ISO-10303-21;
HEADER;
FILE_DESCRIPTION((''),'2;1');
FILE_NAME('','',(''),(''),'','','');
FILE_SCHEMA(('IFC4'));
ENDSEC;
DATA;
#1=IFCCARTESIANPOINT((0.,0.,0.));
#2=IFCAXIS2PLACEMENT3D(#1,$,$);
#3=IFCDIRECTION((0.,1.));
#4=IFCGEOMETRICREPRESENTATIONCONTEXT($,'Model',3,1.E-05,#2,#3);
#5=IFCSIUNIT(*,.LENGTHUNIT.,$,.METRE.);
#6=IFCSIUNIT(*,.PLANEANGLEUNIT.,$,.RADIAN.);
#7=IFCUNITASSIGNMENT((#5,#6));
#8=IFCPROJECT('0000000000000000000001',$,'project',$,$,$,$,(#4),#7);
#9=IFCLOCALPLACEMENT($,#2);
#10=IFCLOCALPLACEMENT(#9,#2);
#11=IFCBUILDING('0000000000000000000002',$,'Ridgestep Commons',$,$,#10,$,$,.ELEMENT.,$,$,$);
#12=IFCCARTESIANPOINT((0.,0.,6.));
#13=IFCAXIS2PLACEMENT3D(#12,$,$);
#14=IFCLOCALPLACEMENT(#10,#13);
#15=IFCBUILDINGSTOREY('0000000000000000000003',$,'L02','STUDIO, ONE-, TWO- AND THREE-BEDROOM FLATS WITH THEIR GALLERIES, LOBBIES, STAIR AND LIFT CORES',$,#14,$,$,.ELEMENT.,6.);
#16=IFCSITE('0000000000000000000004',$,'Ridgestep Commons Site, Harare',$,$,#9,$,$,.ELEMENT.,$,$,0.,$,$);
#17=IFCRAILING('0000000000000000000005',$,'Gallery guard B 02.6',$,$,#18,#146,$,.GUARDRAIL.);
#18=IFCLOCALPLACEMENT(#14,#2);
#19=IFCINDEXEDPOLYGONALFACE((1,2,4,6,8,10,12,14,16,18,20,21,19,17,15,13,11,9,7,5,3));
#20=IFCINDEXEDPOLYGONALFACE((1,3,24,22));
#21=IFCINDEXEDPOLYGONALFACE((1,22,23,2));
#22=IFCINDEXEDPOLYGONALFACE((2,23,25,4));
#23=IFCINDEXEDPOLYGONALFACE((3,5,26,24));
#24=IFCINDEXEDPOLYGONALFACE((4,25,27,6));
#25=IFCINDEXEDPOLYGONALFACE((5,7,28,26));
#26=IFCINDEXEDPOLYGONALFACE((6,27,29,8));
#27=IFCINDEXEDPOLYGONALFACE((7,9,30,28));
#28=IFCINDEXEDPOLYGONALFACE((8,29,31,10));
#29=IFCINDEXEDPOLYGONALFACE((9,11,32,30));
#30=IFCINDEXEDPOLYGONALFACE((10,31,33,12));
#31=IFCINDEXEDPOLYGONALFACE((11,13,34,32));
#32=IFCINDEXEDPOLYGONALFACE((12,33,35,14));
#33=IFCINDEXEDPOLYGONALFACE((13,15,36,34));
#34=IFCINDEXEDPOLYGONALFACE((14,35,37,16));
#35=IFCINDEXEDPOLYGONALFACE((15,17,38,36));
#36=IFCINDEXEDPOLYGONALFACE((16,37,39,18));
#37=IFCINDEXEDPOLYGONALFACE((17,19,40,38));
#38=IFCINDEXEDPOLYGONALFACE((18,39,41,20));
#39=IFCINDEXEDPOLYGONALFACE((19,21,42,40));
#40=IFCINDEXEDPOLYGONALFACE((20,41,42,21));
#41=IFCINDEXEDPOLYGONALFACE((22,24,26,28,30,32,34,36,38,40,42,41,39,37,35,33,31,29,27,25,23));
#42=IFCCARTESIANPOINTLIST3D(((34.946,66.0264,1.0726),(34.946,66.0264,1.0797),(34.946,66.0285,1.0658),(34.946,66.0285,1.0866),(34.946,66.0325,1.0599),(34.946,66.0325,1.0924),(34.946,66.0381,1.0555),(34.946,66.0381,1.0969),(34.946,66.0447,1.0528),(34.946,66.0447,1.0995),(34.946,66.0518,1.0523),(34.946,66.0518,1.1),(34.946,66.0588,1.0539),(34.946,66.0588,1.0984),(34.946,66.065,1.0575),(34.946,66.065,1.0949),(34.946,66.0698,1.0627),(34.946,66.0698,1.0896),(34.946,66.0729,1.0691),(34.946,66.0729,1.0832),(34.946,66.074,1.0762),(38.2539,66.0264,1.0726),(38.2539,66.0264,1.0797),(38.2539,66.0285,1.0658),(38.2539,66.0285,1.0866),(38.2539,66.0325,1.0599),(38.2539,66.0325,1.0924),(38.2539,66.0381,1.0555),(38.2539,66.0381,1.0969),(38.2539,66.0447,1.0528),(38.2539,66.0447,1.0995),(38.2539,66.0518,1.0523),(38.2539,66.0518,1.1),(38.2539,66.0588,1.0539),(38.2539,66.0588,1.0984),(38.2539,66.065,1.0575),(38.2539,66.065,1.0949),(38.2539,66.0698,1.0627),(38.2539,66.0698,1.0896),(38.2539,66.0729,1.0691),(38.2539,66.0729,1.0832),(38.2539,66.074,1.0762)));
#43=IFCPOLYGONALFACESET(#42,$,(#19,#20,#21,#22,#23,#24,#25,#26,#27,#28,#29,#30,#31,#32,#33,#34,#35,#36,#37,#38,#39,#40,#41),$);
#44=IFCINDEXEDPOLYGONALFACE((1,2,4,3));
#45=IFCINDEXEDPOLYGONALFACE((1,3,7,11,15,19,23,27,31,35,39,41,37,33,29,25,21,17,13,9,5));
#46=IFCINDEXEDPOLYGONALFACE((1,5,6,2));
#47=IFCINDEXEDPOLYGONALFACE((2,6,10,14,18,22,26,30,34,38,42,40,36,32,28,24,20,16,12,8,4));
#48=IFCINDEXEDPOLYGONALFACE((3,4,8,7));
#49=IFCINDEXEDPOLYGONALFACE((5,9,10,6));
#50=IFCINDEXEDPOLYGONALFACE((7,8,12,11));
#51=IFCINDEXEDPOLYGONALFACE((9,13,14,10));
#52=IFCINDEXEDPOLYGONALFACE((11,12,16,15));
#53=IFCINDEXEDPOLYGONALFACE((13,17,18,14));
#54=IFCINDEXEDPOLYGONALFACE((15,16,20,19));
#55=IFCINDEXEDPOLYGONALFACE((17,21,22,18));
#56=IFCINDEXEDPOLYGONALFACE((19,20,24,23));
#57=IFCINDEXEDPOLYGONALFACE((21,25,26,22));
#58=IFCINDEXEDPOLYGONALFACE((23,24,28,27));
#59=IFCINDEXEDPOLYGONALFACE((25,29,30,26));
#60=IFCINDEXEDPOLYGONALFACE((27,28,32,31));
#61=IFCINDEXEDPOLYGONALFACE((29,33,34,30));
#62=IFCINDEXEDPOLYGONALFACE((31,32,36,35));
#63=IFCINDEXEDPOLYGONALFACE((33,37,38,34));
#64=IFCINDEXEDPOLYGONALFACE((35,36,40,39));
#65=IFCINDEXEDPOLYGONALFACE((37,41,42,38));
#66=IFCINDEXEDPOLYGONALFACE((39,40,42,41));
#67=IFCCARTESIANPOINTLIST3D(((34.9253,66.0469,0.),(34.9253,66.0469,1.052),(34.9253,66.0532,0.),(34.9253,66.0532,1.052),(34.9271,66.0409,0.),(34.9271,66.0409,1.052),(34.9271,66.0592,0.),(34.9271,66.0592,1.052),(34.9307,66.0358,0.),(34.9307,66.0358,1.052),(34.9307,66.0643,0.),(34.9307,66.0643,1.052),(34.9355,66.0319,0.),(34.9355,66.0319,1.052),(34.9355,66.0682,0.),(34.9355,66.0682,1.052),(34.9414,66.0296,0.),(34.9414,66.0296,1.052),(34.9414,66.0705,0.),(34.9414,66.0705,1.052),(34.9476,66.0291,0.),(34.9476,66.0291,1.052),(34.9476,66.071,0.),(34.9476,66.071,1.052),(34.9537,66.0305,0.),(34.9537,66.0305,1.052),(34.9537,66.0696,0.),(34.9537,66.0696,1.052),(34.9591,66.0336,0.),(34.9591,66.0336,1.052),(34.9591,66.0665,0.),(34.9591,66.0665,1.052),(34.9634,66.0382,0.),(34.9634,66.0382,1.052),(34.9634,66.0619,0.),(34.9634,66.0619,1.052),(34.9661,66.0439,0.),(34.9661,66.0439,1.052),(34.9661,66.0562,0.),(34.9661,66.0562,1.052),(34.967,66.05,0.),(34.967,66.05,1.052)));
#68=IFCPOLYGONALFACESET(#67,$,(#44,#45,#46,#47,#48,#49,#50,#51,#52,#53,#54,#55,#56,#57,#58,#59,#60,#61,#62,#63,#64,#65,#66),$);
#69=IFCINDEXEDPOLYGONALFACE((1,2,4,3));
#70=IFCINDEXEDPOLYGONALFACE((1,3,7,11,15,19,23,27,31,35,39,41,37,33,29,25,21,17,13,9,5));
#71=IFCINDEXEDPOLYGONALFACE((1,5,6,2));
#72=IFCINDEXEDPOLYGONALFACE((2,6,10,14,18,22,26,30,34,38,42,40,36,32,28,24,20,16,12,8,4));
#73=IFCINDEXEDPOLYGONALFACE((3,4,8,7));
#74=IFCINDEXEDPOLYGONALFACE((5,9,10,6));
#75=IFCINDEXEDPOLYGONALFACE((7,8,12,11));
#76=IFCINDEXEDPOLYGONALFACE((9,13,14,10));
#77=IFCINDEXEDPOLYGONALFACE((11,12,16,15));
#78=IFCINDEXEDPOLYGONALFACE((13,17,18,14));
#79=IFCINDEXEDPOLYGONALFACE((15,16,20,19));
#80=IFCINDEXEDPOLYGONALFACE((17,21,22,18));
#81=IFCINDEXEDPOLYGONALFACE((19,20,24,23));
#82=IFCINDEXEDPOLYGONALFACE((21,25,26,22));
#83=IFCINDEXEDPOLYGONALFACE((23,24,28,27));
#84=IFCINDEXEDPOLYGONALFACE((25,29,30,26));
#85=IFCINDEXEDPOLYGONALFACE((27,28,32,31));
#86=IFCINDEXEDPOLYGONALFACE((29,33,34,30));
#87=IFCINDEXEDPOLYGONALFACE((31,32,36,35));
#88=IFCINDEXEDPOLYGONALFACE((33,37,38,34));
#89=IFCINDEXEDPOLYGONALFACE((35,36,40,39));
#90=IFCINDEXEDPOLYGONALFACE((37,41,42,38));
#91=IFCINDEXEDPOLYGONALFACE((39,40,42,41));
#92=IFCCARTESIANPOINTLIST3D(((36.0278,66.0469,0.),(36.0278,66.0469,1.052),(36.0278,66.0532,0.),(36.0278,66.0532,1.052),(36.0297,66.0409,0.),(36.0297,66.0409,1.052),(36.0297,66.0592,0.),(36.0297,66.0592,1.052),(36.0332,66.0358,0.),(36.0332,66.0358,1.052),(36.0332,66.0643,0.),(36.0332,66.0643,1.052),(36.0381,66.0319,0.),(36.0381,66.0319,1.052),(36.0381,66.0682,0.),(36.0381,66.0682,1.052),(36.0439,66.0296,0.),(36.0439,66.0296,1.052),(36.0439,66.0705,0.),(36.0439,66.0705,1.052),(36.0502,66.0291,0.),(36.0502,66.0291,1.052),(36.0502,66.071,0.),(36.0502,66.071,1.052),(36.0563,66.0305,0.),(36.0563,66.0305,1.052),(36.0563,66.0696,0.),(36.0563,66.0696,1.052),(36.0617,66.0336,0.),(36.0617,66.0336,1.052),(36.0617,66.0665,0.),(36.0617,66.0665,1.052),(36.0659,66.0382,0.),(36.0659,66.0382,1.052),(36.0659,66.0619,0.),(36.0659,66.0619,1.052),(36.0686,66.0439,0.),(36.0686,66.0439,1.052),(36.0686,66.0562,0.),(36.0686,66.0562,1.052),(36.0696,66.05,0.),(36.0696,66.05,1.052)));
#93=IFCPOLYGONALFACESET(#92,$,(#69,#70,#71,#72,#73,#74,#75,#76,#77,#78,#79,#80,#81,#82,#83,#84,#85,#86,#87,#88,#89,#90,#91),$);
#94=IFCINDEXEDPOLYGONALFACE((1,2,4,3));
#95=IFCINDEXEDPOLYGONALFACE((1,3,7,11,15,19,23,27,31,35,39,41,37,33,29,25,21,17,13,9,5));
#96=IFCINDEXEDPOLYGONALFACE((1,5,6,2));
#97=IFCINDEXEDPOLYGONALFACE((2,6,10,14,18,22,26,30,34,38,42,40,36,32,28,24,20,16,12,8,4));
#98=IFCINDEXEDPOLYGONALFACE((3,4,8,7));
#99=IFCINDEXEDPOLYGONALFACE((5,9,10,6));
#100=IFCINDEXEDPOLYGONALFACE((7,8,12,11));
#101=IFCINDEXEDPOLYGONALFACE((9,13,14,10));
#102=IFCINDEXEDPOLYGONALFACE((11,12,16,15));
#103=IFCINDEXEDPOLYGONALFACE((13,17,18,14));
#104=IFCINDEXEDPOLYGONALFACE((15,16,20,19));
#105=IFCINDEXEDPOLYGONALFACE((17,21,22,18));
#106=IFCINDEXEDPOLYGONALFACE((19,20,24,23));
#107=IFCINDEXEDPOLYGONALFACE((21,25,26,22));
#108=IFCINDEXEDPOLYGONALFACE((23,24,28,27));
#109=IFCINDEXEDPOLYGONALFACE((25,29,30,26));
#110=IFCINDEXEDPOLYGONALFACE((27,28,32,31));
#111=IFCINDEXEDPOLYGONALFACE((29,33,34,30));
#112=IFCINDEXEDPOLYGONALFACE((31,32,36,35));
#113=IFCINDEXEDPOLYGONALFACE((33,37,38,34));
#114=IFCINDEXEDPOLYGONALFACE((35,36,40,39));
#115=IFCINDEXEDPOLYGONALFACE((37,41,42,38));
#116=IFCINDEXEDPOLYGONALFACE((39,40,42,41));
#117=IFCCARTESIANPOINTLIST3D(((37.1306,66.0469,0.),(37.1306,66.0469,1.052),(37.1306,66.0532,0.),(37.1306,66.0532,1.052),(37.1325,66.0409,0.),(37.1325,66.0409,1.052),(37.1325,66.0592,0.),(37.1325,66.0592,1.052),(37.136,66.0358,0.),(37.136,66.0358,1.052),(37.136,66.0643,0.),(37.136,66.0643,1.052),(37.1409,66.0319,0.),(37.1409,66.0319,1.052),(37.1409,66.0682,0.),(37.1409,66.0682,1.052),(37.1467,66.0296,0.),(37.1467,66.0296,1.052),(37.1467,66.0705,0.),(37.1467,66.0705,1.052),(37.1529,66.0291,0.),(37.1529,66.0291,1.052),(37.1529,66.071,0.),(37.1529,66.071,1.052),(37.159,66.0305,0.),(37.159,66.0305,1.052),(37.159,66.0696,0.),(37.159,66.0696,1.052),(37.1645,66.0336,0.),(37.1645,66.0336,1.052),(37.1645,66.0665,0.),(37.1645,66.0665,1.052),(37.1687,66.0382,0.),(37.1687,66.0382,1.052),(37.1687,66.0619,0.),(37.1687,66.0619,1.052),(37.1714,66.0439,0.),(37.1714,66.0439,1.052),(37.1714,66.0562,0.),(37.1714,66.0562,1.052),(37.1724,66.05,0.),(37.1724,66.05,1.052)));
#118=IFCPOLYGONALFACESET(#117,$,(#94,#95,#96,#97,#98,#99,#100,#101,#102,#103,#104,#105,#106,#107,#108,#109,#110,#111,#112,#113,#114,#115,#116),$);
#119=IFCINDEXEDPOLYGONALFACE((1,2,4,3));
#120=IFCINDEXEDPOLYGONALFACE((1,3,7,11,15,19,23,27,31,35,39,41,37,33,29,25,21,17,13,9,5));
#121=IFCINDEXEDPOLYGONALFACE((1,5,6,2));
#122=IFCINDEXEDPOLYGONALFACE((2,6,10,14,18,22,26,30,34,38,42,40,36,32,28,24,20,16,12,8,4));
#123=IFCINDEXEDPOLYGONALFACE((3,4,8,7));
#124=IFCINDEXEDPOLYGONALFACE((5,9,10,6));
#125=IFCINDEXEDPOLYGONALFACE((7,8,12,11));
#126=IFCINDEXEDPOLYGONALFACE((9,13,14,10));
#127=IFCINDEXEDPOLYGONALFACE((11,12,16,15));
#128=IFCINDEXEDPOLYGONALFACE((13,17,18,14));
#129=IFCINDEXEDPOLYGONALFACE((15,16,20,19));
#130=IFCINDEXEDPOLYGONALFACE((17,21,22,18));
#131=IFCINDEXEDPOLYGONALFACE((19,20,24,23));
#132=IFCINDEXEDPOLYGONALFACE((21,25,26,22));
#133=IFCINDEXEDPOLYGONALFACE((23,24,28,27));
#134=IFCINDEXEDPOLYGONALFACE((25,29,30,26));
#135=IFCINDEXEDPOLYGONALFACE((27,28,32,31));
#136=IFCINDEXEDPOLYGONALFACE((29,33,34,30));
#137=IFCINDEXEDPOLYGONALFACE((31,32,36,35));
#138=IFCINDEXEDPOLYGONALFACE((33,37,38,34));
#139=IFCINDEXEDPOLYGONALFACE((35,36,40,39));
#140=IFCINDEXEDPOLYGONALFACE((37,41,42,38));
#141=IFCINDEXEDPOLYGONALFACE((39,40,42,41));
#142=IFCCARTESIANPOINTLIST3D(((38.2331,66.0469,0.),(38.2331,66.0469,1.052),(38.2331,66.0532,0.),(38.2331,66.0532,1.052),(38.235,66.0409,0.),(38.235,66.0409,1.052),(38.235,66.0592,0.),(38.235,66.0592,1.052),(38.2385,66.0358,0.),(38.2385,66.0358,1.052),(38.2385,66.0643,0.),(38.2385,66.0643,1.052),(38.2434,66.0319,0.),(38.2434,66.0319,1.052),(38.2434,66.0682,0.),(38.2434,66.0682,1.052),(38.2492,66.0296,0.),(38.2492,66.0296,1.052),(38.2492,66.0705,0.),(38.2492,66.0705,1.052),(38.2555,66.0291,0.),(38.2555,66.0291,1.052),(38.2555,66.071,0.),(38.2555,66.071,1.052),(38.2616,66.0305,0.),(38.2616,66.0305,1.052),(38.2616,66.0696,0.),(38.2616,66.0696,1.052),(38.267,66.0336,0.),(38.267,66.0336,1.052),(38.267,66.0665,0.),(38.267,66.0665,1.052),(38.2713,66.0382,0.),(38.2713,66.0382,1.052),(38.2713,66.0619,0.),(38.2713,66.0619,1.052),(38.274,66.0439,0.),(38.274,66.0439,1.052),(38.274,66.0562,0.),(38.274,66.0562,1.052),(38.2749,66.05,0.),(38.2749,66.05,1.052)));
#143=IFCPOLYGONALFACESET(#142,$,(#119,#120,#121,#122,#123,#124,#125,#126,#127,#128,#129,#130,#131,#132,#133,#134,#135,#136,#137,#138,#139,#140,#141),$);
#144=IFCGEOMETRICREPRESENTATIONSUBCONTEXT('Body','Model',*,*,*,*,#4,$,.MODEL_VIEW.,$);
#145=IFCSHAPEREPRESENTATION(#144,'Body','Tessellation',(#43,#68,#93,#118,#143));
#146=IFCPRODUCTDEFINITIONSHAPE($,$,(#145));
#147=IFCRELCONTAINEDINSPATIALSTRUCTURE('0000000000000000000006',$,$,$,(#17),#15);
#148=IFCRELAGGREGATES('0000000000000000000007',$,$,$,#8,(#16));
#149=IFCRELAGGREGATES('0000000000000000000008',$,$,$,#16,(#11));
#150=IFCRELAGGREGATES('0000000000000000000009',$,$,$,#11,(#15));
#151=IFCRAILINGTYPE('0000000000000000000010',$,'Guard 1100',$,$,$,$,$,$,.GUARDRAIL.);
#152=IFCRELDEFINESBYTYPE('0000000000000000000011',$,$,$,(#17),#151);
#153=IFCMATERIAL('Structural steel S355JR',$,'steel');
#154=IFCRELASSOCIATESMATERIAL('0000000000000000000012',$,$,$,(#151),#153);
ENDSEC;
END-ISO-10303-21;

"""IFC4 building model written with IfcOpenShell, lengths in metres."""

from ifc_helpers import new_model, si_unit, direction, frame, origin, origin_2d, place, context, subcontext, project, spatial, circle, extrude, material, type_object, element, save


model = new_model("IFC4")

# Units and contexts
model_context = context("Model", 3, precision=1e-05, world=origin(), true_north=direction((0.0, 1.0)))
body_context = subcontext(model_context, "Body", "Model", "MODEL_VIEW")
ifc_project = project(units=[si_unit("LENGTHUNIT", "METRE"), si_unit("PLANEANGLEUNIT", "RADIAN")], contexts=[model_context])

# Site, building, storey
site_placement = place(None, origin())
site = spatial("IfcSite", under=ifc_project, at=site_placement, Name="Ridgestep Commons Site, Harare", CompositionType="ELEMENT", RefElevation=0.0)
building_placement = place(site_placement, origin())
building = spatial("IfcBuilding", under=site, at=building_placement, Name="Ridgestep Commons", CompositionType="ELEMENT")
storey_placement = place(building_placement, frame((0.0, 0.0, 6.0)))
storey = spatial("IfcBuildingStorey", under=building, at=storey_placement, Name="L02", Description="STUDIO, ONE-, TWO- AND THREE-BEDROOM FLATS WITH THEIR GALLERIES, LOBBIES, STAIR AND LIFT CORES", CompositionType="ELEMENT", Elevation=6.0)

# Railing
ifc_material_1 = material(Name="Structural steel S355JR", Category="steel")
railing_type = type_object("IfcRailingType", Name="Guard 1100", PredefinedType="GUARDRAIL", material=ifc_material_1)
railing_1_placement = place(storey_placement, frame((34.946, 66.05, 0.0)))
element("IfcRailing", 1, at=railing_1_placement, inside=storey, type_object=railing_type, Name="Gallery guard B 02.6", PredefinedType="GUARDRAIL", context=body_context, shape_type="SweptSolid", body=[
    extrude(circle(Radius=0.0239, at=origin_2d()), frame((0.0, 0.0, 1.0762), z_axis=(1.0, 0.0, 0.0), x_axis=(0.0, 1.0, 0.0)), (0.0, 0.0, 1.0), 3.3079),
    extrude(circle(Radius=0.021, at=origin_2d()), origin(), (0.0, 0.0, 1.0), 1.052),
    extrude(circle(Radius=0.021, at=origin_2d()), frame((1.1025, 0.0, 0.0)), (0.0, 0.0, 1.0), 1.052),
    extrude(circle(Radius=0.021, at=origin_2d()), frame((2.2053, 0.0, 0.0)), (0.0, 0.0, 1.0), 1.052),
    extrude(circle(Radius=0.021, at=origin_2d()), frame((3.3079, 0.0, 0.0)), (0.0, 0.0, 1.0), 1.052),
])

save(model, "model.ifc")
